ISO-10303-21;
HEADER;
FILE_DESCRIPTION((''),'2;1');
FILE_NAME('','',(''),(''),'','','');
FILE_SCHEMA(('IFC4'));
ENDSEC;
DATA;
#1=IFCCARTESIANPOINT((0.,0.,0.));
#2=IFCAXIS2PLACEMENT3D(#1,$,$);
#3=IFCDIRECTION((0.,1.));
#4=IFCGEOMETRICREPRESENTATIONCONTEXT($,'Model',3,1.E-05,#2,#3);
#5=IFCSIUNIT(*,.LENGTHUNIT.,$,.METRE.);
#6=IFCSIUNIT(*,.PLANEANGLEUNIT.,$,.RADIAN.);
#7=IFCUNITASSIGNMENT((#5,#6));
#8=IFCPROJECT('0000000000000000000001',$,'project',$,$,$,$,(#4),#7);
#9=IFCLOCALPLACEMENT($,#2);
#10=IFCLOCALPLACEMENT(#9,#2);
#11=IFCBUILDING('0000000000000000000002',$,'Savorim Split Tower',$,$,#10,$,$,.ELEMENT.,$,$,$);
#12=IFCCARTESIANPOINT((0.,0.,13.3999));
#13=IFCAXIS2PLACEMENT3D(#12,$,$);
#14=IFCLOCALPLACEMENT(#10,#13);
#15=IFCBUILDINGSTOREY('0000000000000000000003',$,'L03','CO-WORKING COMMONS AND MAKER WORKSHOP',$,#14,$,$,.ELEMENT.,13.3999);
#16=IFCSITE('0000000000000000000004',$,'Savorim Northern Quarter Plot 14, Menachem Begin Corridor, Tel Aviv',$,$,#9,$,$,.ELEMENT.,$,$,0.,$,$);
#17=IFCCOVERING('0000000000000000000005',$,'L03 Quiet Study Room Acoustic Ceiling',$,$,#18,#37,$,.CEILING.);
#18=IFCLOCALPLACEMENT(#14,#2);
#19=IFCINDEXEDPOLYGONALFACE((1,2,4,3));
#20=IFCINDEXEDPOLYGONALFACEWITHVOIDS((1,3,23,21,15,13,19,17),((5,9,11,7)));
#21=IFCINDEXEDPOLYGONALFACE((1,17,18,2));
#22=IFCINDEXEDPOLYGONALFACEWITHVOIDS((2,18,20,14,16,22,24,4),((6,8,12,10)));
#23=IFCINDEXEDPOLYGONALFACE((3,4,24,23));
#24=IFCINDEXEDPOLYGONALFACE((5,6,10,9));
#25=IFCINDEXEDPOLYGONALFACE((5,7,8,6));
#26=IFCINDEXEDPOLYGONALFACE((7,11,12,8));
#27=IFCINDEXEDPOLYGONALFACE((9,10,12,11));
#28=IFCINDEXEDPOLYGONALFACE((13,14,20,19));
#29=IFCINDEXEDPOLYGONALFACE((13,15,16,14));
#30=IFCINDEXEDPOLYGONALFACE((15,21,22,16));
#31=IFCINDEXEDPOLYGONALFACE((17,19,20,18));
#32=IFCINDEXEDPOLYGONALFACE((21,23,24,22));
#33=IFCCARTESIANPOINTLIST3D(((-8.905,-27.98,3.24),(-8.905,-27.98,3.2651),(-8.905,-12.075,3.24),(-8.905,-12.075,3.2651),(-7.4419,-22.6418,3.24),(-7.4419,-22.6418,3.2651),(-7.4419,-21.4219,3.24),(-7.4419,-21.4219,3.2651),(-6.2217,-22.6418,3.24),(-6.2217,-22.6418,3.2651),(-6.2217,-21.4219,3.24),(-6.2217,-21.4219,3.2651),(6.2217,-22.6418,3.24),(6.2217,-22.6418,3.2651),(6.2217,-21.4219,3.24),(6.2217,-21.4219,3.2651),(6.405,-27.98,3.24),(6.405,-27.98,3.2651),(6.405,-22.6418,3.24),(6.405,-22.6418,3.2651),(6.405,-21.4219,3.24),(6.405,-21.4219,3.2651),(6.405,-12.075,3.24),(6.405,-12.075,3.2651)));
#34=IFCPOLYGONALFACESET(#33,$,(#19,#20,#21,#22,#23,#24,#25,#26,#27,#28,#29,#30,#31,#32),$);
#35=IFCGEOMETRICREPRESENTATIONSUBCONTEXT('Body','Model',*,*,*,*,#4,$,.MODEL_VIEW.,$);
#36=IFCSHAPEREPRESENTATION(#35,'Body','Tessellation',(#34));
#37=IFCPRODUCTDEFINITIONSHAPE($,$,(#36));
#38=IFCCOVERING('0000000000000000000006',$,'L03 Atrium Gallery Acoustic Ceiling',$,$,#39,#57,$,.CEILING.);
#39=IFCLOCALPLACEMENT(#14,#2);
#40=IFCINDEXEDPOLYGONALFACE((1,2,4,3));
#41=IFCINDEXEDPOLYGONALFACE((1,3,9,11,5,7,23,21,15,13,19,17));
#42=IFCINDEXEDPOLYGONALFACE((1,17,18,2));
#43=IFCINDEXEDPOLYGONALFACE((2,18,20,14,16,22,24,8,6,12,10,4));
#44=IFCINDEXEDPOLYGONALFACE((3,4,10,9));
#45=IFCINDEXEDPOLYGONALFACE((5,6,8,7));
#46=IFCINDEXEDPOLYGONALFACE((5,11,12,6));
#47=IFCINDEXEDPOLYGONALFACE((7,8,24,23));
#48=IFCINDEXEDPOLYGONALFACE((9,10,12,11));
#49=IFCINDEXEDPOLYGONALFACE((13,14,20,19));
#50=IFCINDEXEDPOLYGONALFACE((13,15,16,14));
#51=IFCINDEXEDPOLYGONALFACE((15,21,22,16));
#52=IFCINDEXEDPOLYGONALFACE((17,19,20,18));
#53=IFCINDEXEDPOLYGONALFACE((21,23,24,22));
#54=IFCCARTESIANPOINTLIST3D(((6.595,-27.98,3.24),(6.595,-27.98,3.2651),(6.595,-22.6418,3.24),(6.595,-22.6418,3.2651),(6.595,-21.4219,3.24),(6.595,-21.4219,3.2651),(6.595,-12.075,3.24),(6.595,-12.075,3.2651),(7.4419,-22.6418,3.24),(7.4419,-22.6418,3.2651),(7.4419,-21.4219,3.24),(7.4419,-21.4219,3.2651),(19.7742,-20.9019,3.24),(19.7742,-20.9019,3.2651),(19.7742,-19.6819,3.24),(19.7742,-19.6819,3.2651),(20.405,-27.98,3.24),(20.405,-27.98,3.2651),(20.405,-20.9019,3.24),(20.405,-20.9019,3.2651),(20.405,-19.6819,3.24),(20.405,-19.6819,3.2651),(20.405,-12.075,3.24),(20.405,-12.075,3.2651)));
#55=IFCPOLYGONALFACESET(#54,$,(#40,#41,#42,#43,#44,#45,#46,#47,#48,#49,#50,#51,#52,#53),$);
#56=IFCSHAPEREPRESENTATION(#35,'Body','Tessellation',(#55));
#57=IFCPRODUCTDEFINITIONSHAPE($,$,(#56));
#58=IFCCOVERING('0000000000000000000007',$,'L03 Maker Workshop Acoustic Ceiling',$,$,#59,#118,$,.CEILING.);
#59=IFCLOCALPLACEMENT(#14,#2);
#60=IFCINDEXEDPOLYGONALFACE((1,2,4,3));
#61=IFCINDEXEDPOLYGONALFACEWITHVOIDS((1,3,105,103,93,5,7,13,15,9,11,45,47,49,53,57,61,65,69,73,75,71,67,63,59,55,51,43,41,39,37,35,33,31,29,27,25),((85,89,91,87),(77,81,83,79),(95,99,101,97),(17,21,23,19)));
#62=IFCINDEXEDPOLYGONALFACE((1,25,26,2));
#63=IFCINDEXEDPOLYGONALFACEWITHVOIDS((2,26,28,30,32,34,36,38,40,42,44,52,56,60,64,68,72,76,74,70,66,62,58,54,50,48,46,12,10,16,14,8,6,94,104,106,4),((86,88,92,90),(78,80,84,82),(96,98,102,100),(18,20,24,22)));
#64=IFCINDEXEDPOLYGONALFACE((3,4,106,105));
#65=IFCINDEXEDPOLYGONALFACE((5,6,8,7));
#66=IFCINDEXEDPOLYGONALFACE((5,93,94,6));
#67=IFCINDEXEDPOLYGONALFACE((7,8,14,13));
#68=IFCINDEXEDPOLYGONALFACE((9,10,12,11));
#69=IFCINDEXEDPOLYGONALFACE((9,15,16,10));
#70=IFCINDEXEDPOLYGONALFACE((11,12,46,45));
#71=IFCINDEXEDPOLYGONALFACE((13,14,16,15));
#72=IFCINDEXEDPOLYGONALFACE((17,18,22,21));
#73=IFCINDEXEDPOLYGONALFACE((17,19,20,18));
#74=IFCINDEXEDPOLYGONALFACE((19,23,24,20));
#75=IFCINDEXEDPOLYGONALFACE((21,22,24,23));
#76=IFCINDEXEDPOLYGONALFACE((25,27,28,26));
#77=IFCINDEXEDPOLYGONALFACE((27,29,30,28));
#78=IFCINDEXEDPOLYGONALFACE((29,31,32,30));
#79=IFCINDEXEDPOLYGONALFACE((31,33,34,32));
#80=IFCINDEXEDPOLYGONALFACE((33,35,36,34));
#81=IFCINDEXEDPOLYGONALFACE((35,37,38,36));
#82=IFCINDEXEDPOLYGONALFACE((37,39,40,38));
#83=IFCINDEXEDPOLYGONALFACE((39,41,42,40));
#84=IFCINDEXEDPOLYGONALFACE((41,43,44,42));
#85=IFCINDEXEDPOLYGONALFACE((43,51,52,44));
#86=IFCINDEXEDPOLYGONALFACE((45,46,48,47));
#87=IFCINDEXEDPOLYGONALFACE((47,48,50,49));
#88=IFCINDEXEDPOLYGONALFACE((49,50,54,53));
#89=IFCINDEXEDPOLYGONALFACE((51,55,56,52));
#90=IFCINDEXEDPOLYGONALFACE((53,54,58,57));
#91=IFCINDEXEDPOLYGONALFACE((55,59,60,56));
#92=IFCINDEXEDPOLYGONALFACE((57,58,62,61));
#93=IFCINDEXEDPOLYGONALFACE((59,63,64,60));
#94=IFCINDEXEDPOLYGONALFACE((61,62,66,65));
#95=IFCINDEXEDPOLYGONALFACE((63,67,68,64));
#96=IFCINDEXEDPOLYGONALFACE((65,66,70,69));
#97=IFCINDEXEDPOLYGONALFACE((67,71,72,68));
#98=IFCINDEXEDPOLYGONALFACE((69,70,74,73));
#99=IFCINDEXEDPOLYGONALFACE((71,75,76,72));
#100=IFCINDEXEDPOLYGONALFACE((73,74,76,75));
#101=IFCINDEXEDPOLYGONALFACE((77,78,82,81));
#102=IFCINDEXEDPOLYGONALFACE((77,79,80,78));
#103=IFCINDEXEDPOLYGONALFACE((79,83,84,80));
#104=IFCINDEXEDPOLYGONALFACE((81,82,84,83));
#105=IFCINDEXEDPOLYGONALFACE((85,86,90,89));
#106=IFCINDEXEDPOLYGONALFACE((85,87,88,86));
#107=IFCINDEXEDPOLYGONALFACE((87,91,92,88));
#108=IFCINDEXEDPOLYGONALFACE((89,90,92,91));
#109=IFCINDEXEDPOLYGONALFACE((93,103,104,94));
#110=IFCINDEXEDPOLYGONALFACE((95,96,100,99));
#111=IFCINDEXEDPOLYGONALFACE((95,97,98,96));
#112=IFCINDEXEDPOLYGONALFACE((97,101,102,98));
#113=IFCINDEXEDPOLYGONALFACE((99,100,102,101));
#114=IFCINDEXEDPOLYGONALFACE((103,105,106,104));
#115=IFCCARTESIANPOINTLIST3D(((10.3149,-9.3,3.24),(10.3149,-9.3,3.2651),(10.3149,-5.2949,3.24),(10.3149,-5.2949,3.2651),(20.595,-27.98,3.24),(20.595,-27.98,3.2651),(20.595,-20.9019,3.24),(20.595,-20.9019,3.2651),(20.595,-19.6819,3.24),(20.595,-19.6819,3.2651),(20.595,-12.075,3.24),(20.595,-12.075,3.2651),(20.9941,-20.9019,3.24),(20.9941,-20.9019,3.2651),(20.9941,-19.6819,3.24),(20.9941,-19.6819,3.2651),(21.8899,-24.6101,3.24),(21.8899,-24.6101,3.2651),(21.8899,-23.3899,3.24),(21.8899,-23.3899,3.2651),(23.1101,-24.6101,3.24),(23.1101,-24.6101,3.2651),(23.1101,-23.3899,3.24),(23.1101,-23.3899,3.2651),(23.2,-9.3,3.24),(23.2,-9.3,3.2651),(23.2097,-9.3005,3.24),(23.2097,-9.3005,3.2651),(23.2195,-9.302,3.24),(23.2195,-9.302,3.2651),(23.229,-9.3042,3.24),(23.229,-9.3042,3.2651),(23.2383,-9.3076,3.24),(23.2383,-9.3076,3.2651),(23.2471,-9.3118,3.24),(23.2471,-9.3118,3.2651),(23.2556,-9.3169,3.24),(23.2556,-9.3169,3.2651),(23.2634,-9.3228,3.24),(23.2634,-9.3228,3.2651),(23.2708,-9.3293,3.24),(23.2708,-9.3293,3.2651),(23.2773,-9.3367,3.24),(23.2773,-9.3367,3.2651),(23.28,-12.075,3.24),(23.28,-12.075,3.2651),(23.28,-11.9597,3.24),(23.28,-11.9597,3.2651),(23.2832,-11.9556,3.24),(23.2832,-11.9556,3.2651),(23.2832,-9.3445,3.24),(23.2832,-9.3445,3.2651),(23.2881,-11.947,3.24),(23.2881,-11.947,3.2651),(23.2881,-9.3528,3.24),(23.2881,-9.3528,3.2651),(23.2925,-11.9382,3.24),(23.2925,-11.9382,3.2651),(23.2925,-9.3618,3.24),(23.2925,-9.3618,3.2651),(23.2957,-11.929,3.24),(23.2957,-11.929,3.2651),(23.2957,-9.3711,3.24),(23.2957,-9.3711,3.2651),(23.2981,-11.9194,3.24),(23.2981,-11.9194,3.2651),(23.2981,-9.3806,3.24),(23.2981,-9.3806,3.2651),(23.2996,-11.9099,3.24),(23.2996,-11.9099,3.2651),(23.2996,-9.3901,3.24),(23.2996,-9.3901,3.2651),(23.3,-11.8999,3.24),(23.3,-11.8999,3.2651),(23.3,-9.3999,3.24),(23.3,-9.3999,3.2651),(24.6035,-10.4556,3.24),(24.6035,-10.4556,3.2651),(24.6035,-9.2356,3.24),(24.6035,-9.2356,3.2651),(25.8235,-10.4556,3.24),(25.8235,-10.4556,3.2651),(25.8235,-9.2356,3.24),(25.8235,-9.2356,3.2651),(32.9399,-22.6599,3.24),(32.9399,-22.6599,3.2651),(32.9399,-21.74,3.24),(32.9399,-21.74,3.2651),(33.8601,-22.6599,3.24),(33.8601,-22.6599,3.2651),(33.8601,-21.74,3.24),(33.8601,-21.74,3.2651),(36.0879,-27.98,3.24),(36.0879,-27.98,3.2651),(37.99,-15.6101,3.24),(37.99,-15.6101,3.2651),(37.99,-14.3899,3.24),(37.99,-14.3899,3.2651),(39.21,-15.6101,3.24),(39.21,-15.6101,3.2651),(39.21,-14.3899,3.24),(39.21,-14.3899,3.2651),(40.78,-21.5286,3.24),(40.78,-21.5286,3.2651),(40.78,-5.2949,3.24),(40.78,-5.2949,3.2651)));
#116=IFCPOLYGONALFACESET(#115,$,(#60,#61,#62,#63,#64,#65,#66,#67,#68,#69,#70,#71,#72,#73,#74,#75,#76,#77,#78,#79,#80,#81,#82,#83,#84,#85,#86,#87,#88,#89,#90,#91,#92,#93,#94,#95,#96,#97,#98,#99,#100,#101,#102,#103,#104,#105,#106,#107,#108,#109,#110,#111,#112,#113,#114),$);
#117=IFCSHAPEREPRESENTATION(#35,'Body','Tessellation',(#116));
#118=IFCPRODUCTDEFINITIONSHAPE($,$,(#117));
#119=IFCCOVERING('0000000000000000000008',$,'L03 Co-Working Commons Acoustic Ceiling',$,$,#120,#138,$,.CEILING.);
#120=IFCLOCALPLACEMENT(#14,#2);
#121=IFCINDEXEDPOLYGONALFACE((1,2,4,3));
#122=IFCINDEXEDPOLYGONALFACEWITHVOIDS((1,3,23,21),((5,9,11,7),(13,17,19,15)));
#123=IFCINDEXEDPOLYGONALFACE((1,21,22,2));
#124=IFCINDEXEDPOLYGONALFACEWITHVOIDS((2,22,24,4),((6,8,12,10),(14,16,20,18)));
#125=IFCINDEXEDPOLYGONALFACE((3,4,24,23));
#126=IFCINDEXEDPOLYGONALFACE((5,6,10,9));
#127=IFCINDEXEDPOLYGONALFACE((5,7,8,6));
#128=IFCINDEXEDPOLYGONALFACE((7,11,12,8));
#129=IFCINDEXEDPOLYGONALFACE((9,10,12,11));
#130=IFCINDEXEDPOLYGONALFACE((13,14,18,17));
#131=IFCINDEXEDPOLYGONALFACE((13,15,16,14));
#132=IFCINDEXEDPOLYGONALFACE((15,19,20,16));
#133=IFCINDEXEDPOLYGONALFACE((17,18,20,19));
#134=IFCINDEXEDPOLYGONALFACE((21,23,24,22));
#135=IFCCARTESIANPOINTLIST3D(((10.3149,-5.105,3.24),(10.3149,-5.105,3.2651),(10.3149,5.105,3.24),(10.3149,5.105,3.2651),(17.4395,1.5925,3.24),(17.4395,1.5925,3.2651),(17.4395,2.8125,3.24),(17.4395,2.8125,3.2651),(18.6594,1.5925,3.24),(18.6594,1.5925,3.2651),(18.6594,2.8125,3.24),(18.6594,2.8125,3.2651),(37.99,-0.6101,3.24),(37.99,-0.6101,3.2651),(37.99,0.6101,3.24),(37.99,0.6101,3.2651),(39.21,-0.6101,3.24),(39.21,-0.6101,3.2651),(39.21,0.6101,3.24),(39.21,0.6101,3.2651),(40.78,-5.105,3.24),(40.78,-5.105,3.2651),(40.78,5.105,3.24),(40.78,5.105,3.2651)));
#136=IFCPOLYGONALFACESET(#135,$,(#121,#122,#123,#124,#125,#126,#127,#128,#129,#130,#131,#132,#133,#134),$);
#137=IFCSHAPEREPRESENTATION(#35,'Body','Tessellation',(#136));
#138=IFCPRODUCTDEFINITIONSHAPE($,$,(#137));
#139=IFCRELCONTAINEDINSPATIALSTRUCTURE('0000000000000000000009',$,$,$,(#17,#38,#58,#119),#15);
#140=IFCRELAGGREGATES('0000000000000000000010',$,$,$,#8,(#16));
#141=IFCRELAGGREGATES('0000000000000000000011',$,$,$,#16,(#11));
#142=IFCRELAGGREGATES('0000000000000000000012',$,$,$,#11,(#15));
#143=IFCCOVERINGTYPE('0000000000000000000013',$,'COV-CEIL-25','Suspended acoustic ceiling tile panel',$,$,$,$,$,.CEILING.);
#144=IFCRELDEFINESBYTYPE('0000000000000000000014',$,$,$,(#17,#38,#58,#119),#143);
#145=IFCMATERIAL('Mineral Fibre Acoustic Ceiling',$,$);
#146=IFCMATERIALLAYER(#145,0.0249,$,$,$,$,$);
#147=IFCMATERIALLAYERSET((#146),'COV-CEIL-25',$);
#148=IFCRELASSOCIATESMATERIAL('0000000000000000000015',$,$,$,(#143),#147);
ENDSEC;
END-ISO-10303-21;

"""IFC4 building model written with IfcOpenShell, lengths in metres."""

from ifc_helpers import new_model, si_unit, direction, frame, origin, place, context, subcontext, project, spatial, polyline, outline, extrude, material, layer, layer_set, type_object, element, save


model = new_model("IFC4")

# Units and contexts
model_context = context("Model", 3, precision=1e-05, world=origin(), true_north=direction((0.0, 1.0)))
body_context = subcontext(model_context, "Body", "Model", "MODEL_VIEW")
ifc_project = project(units=[si_unit("LENGTHUNIT", "METRE"), si_unit("PLANEANGLEUNIT", "RADIAN")], contexts=[model_context])

# Site, building, storey
site_placement = place(None, origin())
site = spatial("IfcSite", under=ifc_project, at=site_placement, Name="Savorim Northern Quarter Plot 14, Menachem Begin Corridor, Tel Aviv", CompositionType="ELEMENT", RefElevation=0.0)
building_placement = place(site_placement, origin())
building = spatial("IfcBuilding", under=site, at=building_placement, Name="Savorim Split Tower", CompositionType="ELEMENT")
storey_placement = place(building_placement, frame((0.0, 0.0, 13.3999)))
storey = spatial("IfcBuildingStorey", under=building, at=storey_placement, Name="L03", Description="CO-WORKING COMMONS AND MAKER WORKSHOP", CompositionType="ELEMENT", Elevation=13.3999)

# Coverings
ifc_material_1 = material(Name="Mineral Fibre Acoustic Ceiling")
ifc_layer_1 = layer(ifc_material_1, 0.0249)
ifc_layer_set_1 = layer_set([ifc_layer_1], Name="COV-CEIL-25")
covering_type_1 = type_object("IfcCoveringType", Name="COV-CEIL-25", Description="Suspended acoustic ceiling tile panel", PredefinedType="CEILING", material=ifc_layer_set_1)
covering_1_placement = place(storey_placement, frame((0.0, 0.0, 3.24)))
element("IfcCovering", 1, at=covering_1_placement, inside=storey, type_object=covering_type_1, Name="L03 Quiet Study Room Acoustic Ceiling", PredefinedType="CEILING", context=body_context, shape_type="SweptSolid", body=[
    extrude(outline(polyline([(6.405, -12.075), (-8.905, -12.075), (-8.905, -27.98), (6.405, -27.98), (6.405, -22.6418), (6.2217, -22.6418), (6.2217, -21.4219), (6.405, -21.4219), (6.405, -12.075)]), holes=[polyline([(-6.2217, -21.4219), (-7.4419, -21.4219), (-7.4419, -22.6418), (-6.2217, -22.6418), (-6.2217, -21.4219)])]), origin(), (0.0, 0.0, 1.0), 0.0251),
])
covering_2_placement = place(storey_placement, frame((0.0, 0.0, 3.24)))
element("IfcCovering", 2, at=covering_2_placement, inside=storey, type_object=covering_type_1, Name="L03 Atrium Gallery Acoustic Ceiling", PredefinedType="CEILING", context=body_context, shape_type="SweptSolid", body=[
    extrude(outline(polyline([(7.4419, -22.6418), (6.595, -22.6418), (6.595, -27.98), (20.405, -27.98), (20.405, -20.9019), (19.7742, -20.9019), (19.7742, -19.6819), (20.405, -19.6819), (20.405, -12.075), (6.595, -12.075), (6.595, -21.4219), (7.4419, -21.4219), (7.4419, -22.6418)])), origin(), (0.0, 0.0, 1.0), 0.0251),
])
covering_3_placement = place(storey_placement, frame((0.0, 0.0, 3.24)))
element("IfcCovering", 3, at=covering_3_placement, inside=storey, type_object=covering_type_1, Name="L03 Maker Workshop Acoustic Ceiling", PredefinedType="CEILING", context=body_context, shape_type="SweptSolid", body=[
    extrude(outline(polyline([(20.595, -27.98), (36.0879, -27.98), (40.78, -21.5286), (40.78, -5.2949), (10.3149, -5.2949), (10.3149, -9.3), (23.2, -9.3), (23.2097, -9.3005), (23.2195, -9.302), (23.229, -9.3042), (23.2383, -9.3076), (23.2471, -9.3118), (23.2556, -9.3169), (23.2634, -9.3228), (23.2708, -9.3293), (23.2773, -9.3367), (23.2832, -9.3445), (23.2881, -9.3528), (23.2925, -9.3618), (23.2957, -9.3711), (23.2981, -9.3806), (23.2996, -9.3901), (23.3, -9.3999), (23.3, -11.8999), (23.2996, -11.9099), (23.2981, -11.9194), (23.2957, -11.929), (23.2925, -11.9382), (23.2881, -11.947), (23.2832, -11.9556), (23.28, -11.9597), (23.28, -12.075), (20.595, -12.075), (20.595, -19.6819), (20.9941, -19.6819), (20.9941, -20.9019), (20.595, -20.9019), (20.595, -27.98)]), holes=[polyline([(37.99, -14.3899), (37.99, -15.6101), (39.21, -15.6101), (39.21, -14.3899), (37.99, -14.3899)]), polyline([(21.8899, -24.6101), (23.1101, -24.6101), (23.1101, -23.3899), (21.8899, -23.3899), (21.8899, -24.6101)]), polyline([(25.8235, -10.4556), (25.8235, -9.2356), (24.6035, -9.2356), (24.6035, -10.4556), (25.8235, -10.4556)]), polyline([(32.9399, -21.74), (32.9399, -22.6599), (33.8601, -22.6599), (33.8601, -21.74), (32.9399, -21.74)])]), origin(), (0.0, 0.0, 1.0), 0.0251),
])
covering_4_placement = place(storey_placement, frame((0.0, 0.0, 3.24)))
element("IfcCovering", 4, at=covering_4_placement, inside=storey, type_object=covering_type_1, Name="L03 Co-Working Commons Acoustic Ceiling", PredefinedType="CEILING", context=body_context, shape_type="SweptSolid", body=[
    extrude(outline(polyline([(10.3149, 5.105), (10.3149, -5.105), (40.78, -5.105), (40.78, 5.105), (10.3149, 5.105)]), holes=[polyline([(37.99, 0.6101), (37.99, -0.6101), (39.21, -0.6101), (39.21, 0.6101), (37.99, 0.6101)]), polyline([(18.6594, 2.8125), (17.4395, 2.8125), (17.4395, 1.5925), (18.6594, 1.5925), (18.6594, 2.8125)])]), origin(), (0.0, 0.0, 1.0), 0.0251),
])

save(model, "model.ifc")
